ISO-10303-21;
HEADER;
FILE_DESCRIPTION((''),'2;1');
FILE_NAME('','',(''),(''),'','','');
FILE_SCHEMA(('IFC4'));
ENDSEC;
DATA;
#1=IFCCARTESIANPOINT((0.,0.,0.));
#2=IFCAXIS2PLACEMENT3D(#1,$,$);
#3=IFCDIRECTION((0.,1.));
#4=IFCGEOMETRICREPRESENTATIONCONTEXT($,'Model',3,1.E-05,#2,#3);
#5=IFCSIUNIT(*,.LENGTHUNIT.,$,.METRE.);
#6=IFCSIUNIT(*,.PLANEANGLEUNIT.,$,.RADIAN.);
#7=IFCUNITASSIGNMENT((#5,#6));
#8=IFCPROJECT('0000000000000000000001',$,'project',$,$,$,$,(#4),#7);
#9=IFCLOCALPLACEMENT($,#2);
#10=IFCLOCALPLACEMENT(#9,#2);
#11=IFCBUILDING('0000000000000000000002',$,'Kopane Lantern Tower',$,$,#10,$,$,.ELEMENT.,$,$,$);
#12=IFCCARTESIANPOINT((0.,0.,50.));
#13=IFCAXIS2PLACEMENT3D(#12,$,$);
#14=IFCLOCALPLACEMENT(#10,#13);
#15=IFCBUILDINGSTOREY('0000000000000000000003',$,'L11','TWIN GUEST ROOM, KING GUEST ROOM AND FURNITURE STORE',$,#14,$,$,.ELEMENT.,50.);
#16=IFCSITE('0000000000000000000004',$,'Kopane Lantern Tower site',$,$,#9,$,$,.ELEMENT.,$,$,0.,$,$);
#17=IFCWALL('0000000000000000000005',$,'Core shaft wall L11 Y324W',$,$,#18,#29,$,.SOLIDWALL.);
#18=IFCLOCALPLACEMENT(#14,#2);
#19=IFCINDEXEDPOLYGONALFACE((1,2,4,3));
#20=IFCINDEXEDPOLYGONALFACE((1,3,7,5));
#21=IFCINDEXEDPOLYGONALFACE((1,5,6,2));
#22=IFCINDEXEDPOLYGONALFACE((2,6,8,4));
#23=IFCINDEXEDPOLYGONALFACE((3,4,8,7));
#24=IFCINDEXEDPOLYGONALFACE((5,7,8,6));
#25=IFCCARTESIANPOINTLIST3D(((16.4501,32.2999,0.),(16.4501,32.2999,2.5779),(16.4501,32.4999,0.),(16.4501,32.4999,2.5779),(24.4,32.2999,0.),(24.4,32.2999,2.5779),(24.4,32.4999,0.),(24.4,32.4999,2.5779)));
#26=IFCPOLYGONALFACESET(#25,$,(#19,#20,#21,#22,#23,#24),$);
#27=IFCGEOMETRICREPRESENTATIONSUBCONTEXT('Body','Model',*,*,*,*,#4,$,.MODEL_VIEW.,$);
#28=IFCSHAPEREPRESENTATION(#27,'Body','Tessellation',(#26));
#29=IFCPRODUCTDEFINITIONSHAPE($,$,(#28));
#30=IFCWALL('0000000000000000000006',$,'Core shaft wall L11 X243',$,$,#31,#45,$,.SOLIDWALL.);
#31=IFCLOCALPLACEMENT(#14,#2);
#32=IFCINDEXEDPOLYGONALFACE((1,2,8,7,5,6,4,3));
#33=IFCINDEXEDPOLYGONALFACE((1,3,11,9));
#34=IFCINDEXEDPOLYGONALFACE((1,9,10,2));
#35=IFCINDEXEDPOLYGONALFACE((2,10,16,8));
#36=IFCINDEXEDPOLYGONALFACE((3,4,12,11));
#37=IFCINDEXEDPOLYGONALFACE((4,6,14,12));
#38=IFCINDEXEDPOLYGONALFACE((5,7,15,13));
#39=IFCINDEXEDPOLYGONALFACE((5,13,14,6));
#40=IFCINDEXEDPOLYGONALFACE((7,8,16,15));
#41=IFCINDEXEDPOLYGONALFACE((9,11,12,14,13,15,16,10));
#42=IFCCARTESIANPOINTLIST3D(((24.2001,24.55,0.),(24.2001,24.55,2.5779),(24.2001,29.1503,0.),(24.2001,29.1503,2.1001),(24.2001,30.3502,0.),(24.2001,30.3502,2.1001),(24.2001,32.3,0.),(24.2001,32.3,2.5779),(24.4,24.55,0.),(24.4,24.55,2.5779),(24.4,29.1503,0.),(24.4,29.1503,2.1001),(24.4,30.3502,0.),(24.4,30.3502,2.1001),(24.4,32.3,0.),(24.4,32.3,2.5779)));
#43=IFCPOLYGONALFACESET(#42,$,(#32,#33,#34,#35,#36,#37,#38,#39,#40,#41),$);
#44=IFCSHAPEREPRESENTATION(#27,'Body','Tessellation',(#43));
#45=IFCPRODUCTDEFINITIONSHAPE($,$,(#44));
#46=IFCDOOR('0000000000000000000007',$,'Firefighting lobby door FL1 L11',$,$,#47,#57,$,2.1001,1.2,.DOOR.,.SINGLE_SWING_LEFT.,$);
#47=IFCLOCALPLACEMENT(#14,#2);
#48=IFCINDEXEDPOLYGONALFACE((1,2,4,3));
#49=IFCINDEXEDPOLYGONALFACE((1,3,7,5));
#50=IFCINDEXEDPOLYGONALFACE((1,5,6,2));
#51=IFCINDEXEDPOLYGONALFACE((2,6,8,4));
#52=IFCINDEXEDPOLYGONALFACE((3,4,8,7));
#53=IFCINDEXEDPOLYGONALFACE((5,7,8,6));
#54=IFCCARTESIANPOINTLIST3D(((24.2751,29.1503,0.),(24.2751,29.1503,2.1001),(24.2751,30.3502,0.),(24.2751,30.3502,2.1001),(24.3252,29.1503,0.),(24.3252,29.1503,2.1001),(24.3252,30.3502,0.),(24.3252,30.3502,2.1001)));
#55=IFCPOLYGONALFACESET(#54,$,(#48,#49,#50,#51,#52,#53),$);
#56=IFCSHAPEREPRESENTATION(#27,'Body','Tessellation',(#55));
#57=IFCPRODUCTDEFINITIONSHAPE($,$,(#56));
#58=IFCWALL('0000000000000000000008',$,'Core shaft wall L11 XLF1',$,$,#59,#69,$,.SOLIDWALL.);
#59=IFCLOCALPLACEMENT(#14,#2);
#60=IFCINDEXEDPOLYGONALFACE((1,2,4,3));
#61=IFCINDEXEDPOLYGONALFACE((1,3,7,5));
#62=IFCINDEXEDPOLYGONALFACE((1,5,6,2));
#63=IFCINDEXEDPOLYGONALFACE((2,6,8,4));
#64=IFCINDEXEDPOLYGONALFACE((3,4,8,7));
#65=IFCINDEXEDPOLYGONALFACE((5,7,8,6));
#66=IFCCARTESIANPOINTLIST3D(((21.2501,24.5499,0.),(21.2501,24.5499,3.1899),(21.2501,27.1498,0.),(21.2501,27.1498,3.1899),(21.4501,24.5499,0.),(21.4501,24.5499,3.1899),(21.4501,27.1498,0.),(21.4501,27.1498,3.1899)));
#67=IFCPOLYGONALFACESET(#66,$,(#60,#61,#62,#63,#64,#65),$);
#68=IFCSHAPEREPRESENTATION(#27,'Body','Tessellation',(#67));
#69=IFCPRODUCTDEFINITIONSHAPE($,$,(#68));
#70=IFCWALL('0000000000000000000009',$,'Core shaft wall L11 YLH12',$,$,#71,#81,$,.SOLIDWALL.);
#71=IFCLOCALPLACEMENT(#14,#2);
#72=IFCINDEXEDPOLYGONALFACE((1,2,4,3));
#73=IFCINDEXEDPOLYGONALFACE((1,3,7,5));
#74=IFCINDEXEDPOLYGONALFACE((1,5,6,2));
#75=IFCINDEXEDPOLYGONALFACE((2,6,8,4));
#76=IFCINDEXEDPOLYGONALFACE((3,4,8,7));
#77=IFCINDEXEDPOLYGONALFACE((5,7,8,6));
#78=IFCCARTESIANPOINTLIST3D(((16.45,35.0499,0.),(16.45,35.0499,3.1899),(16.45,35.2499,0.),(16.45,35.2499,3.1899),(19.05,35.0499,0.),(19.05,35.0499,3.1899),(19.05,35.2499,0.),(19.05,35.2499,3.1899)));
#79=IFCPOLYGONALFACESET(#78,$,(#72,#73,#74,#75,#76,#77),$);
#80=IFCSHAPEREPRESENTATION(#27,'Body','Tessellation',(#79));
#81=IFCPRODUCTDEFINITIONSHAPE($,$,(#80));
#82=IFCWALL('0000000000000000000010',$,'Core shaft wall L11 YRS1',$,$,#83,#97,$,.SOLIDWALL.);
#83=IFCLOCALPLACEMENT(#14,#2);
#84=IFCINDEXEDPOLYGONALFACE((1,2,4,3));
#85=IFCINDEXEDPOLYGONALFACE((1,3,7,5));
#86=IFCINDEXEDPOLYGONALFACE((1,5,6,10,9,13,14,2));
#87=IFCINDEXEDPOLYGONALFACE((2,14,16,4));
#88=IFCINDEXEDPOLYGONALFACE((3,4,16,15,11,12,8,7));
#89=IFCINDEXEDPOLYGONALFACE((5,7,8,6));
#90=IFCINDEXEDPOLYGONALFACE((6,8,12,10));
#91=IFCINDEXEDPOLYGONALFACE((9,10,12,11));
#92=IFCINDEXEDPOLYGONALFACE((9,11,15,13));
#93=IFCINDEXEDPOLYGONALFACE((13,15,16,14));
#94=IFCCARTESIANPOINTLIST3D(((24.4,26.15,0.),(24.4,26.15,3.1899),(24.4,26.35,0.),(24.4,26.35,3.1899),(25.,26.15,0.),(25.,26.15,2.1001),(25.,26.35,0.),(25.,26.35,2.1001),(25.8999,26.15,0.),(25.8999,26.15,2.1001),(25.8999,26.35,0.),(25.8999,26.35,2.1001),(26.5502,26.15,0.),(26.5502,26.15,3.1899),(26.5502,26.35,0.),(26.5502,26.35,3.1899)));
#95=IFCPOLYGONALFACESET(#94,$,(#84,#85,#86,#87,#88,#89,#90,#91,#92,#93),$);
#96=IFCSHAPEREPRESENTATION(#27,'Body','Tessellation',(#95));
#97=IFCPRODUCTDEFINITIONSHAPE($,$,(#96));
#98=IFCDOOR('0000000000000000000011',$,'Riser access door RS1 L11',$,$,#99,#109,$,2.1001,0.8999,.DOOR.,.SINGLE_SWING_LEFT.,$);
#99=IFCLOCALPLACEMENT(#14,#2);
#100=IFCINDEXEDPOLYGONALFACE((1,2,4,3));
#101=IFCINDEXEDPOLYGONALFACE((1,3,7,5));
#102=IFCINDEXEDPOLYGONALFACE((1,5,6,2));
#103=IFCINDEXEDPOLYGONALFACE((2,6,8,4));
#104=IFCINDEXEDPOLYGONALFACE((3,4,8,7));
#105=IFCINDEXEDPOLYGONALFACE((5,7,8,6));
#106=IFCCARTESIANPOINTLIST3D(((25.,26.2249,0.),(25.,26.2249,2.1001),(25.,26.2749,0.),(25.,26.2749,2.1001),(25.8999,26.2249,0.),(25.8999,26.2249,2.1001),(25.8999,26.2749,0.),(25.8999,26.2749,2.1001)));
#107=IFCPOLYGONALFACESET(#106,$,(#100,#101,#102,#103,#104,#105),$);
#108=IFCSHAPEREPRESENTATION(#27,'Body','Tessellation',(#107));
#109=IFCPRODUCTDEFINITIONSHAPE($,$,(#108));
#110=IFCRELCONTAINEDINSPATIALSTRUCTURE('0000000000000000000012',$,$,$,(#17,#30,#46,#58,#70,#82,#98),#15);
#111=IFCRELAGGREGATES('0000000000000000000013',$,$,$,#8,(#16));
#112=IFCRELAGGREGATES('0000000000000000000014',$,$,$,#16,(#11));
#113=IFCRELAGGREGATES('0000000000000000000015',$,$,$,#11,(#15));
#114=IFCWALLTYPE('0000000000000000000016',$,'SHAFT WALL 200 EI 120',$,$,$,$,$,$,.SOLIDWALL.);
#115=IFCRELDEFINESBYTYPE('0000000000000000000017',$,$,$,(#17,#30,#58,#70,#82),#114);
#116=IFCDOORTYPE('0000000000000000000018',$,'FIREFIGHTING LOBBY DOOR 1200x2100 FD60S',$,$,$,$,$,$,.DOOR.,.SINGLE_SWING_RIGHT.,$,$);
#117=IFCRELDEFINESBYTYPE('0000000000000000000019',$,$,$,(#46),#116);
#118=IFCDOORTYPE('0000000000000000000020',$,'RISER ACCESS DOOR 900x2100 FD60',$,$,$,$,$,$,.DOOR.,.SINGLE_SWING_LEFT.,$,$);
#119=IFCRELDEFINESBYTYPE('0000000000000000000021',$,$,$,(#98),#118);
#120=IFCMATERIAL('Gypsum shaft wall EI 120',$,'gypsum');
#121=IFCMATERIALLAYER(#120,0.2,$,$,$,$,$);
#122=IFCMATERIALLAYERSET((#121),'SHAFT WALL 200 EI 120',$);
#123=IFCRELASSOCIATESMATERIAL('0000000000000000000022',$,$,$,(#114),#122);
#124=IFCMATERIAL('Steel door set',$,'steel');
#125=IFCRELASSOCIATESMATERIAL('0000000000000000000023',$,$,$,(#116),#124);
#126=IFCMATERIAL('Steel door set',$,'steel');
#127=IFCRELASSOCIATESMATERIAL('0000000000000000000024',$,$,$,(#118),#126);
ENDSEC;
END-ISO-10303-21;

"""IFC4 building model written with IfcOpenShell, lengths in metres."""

from ifc_helpers import new_model, si_unit, direction, frame, frame_2d, origin, place, context, subcontext, project, spatial, rectangle, extrude, material, layer, layer_set, type_object, element, fill, save


model = new_model("IFC4")

# Units and contexts
model_context = context("Model", 3, precision=1e-05, world=origin(), true_north=direction((0.0, 1.0)))
body_context = subcontext(model_context, "Body", "Model", "MODEL_VIEW")
ifc_project = project(units=[si_unit("LENGTHUNIT", "METRE"), si_unit("PLANEANGLEUNIT", "RADIAN")], contexts=[model_context])

# Site, building, storey
site_placement = place(None, origin())
site = spatial("IfcSite", under=ifc_project, at=site_placement, Name="Kopane Lantern Tower site", CompositionType="ELEMENT", RefElevation=0.0)
building_placement = place(site_placement, origin())
building = spatial("IfcBuilding", under=site, at=building_placement, Name="Kopane Lantern Tower", CompositionType="ELEMENT")
storey_placement = place(building_placement, frame((0.0, 0.0, 50.0)))
storey = spatial("IfcBuildingStorey", under=building, at=storey_placement, Name="L11", Description="TWIN GUEST ROOM, KING GUEST ROOM AND FURNITURE STORE", CompositionType="ELEMENT", Elevation=50.0)

# Wall
ifc_material_1 = material(Name="Gypsum shaft wall EI 120", Category="gypsum")
ifc_layer_1 = layer(ifc_material_1, 0.2)
ifc_layer_set_1 = layer_set([ifc_layer_1], Name="SHAFT WALL 200 EI 120")
wall_type_1 = type_object("IfcWallType", Name="SHAFT WALL 200 EI 120", PredefinedType="SOLIDWALL", material=ifc_layer_set_1)
wall_1_placement = place(storey_placement, frame((16.45, 32.3999, 0.0), z_axis=(0.0, 0.0, 1.0), x_axis=(1.0, 0.0, 0.0)))
element("IfcWall", 1, at=wall_1_placement, inside=storey, type_object=wall_type_1, Name="Core shaft wall L11 Y324W", PredefinedType="SOLIDWALL", context=body_context, shape_type="SweptSolid", body=[
    extrude(rectangle(XDim=7.95, YDim=0.2, at=frame_2d((3.9751, 0.0))), origin(), (0.0, 0.0, 1.0), 2.5779),
])

# Wall, opening, door
wall_2_placement = place(storey_placement, frame((24.3, 24.55, 0.0), z_axis=(0.0, 0.0, 1.0), x_axis=(0.0, 1.0, 0.0)))
wall_2 = element("IfcWall", 2, at=wall_2_placement, inside=storey, type_object=wall_type_1, Name="Core shaft wall L11 X243", PredefinedType="SOLIDWALL", context=body_context, shape_type="SweptSolid", body=[
    extrude(rectangle(XDim=7.75, YDim=0.2, at=frame_2d((3.875, 0.0))), origin(), (0.0, 0.0, 1.0), 2.5779),
])
opening_1_placement = place(wall_2_placement, frame((4.6001, 0.0, 0.0)))
opening_1 = element("IfcOpeningElement", 3, at=opening_1_placement, cuts=wall_2, PredefinedType="OPENING", context=body_context, shape_type="SweptSolid", body=[
    extrude(rectangle(XDim=1.2, YDim=2.1001, at=frame_2d((0.6001, 1.05))), frame((0.0, 0.1099, 0.0), z_axis=(0.0, -1.0, 0.0), x_axis=(1.0, 0.0, 0.0)), (0.0, 0.0, 1.0), 0.22),
])
ifc_material_2 = material(Name="Steel door set", Category="steel")
door_type_1 = type_object("IfcDoorType", Name="FIREFIGHTING LOBBY DOOR 1200x2100 FD60S", OperationType="SINGLE_SWING_RIGHT", PredefinedType="DOOR", material=ifc_material_2)
door_1_placement = place(opening_1_placement, origin())
door_1 = element("IfcDoor", 4, at=door_1_placement, inside=storey, type_object=door_type_1, Name="Firefighting lobby door FL1 L11", OperationType="SINGLE_SWING_LEFT", OverallHeight=2.1001, OverallWidth=1.2, PredefinedType="DOOR", context=body_context, shape_type="SweptSolid", body=[
    extrude(rectangle(XDim=1.2, YDim=2.1001, at=frame_2d((0.6001, 1.05))), frame((0.0, 0.0249, 0.0), z_axis=(0.0, -1.0, 0.0), x_axis=(1.0, 0.0, 0.0)), (0.0, 0.0, 1.0), 0.05),
])
fill(opening_1, door_1)

# Walls
wall_3_placement = place(storey_placement, frame((21.3501, 24.55, 0.0), z_axis=(0.0, 0.0, 1.0), x_axis=(0.0, 1.0, 0.0)))
element("IfcWall", 5, at=wall_3_placement, inside=storey, type_object=wall_type_1, Name="Core shaft wall L11 XLF1", PredefinedType="SOLIDWALL", context=body_context, shape_type="SweptSolid", body=[
    extrude(rectangle(XDim=2.5999, YDim=0.2, at=frame_2d((1.2998, 0.0))), origin(), (0.0, 0.0, 1.0), 3.1899),
])
wall_4_placement = place(storey_placement, frame((16.45, 35.1499, 0.0), z_axis=(0.0, 0.0, 1.0), x_axis=(1.0, 0.0, 0.0)))
element("IfcWall", 6, at=wall_4_placement, inside=storey, type_object=wall_type_1, Name="Core shaft wall L11 YLH12", PredefinedType="SOLIDWALL", context=body_context, shape_type="SweptSolid", body=[
    extrude(rectangle(XDim=2.6001, YDim=0.2, at=frame_2d((1.3, 0.0))), origin(), (0.0, 0.0, 1.0), 3.1899),
])

# Wall, opening, door
wall_5_placement = place(storey_placement, frame((24.3999, 26.25, 0.0), z_axis=(0.0, 0.0, 1.0), x_axis=(1.0, 0.0, 0.0)))
wall_5 = element("IfcWall", 7, at=wall_5_placement, inside=storey, type_object=wall_type_1, Name="Core shaft wall L11 YRS1", PredefinedType="SOLIDWALL", context=body_context, shape_type="SweptSolid", body=[
    extrude(rectangle(XDim=2.1501, YDim=0.2, at=frame_2d((1.0752, 0.0))), origin(), (0.0, 0.0, 1.0), 3.1899),
])
opening_2_placement = place(wall_5_placement, frame((0.6001, 0.0, 0.0)))
opening_2 = element("IfcOpeningElement", 8, at=opening_2_placement, cuts=wall_5, PredefinedType="OPENING", context=body_context, shape_type="SweptSolid", body=[
    extrude(rectangle(XDim=0.8999, YDim=2.1001, at=frame_2d((0.45, 1.05))), frame((0.0, 0.1099, 0.0), z_axis=(0.0, -1.0, 0.0), x_axis=(1.0, 0.0, 0.0)), (0.0, 0.0, 1.0), 0.22),
])
ifc_material_3 = material(Name="Steel door set", Category="steel")
door_type_2 = type_object("IfcDoorType", Name="RISER ACCESS DOOR 900x2100 FD60", OperationType="SINGLE_SWING_LEFT", PredefinedType="DOOR", material=ifc_material_3)
door_2_placement = place(opening_2_placement, origin())
door_2 = element("IfcDoor", 9, at=door_2_placement, inside=storey, type_object=door_type_2, Name="Riser access door RS1 L11", OperationType="SINGLE_SWING_LEFT", OverallHeight=2.1001, OverallWidth=0.8999, PredefinedType="DOOR", context=body_context, shape_type="SweptSolid", body=[
    extrude(rectangle(XDim=0.8999, YDim=2.1001, at=frame_2d((0.45, 1.05))), frame((0.0, 0.0249, 0.0), z_axis=(0.0, -1.0, 0.0), x_axis=(1.0, 0.0, 0.0)), (0.0, 0.0, 1.0), 0.05),
])
fill(opening_2, door_2)

save(model, "model.ifc")
